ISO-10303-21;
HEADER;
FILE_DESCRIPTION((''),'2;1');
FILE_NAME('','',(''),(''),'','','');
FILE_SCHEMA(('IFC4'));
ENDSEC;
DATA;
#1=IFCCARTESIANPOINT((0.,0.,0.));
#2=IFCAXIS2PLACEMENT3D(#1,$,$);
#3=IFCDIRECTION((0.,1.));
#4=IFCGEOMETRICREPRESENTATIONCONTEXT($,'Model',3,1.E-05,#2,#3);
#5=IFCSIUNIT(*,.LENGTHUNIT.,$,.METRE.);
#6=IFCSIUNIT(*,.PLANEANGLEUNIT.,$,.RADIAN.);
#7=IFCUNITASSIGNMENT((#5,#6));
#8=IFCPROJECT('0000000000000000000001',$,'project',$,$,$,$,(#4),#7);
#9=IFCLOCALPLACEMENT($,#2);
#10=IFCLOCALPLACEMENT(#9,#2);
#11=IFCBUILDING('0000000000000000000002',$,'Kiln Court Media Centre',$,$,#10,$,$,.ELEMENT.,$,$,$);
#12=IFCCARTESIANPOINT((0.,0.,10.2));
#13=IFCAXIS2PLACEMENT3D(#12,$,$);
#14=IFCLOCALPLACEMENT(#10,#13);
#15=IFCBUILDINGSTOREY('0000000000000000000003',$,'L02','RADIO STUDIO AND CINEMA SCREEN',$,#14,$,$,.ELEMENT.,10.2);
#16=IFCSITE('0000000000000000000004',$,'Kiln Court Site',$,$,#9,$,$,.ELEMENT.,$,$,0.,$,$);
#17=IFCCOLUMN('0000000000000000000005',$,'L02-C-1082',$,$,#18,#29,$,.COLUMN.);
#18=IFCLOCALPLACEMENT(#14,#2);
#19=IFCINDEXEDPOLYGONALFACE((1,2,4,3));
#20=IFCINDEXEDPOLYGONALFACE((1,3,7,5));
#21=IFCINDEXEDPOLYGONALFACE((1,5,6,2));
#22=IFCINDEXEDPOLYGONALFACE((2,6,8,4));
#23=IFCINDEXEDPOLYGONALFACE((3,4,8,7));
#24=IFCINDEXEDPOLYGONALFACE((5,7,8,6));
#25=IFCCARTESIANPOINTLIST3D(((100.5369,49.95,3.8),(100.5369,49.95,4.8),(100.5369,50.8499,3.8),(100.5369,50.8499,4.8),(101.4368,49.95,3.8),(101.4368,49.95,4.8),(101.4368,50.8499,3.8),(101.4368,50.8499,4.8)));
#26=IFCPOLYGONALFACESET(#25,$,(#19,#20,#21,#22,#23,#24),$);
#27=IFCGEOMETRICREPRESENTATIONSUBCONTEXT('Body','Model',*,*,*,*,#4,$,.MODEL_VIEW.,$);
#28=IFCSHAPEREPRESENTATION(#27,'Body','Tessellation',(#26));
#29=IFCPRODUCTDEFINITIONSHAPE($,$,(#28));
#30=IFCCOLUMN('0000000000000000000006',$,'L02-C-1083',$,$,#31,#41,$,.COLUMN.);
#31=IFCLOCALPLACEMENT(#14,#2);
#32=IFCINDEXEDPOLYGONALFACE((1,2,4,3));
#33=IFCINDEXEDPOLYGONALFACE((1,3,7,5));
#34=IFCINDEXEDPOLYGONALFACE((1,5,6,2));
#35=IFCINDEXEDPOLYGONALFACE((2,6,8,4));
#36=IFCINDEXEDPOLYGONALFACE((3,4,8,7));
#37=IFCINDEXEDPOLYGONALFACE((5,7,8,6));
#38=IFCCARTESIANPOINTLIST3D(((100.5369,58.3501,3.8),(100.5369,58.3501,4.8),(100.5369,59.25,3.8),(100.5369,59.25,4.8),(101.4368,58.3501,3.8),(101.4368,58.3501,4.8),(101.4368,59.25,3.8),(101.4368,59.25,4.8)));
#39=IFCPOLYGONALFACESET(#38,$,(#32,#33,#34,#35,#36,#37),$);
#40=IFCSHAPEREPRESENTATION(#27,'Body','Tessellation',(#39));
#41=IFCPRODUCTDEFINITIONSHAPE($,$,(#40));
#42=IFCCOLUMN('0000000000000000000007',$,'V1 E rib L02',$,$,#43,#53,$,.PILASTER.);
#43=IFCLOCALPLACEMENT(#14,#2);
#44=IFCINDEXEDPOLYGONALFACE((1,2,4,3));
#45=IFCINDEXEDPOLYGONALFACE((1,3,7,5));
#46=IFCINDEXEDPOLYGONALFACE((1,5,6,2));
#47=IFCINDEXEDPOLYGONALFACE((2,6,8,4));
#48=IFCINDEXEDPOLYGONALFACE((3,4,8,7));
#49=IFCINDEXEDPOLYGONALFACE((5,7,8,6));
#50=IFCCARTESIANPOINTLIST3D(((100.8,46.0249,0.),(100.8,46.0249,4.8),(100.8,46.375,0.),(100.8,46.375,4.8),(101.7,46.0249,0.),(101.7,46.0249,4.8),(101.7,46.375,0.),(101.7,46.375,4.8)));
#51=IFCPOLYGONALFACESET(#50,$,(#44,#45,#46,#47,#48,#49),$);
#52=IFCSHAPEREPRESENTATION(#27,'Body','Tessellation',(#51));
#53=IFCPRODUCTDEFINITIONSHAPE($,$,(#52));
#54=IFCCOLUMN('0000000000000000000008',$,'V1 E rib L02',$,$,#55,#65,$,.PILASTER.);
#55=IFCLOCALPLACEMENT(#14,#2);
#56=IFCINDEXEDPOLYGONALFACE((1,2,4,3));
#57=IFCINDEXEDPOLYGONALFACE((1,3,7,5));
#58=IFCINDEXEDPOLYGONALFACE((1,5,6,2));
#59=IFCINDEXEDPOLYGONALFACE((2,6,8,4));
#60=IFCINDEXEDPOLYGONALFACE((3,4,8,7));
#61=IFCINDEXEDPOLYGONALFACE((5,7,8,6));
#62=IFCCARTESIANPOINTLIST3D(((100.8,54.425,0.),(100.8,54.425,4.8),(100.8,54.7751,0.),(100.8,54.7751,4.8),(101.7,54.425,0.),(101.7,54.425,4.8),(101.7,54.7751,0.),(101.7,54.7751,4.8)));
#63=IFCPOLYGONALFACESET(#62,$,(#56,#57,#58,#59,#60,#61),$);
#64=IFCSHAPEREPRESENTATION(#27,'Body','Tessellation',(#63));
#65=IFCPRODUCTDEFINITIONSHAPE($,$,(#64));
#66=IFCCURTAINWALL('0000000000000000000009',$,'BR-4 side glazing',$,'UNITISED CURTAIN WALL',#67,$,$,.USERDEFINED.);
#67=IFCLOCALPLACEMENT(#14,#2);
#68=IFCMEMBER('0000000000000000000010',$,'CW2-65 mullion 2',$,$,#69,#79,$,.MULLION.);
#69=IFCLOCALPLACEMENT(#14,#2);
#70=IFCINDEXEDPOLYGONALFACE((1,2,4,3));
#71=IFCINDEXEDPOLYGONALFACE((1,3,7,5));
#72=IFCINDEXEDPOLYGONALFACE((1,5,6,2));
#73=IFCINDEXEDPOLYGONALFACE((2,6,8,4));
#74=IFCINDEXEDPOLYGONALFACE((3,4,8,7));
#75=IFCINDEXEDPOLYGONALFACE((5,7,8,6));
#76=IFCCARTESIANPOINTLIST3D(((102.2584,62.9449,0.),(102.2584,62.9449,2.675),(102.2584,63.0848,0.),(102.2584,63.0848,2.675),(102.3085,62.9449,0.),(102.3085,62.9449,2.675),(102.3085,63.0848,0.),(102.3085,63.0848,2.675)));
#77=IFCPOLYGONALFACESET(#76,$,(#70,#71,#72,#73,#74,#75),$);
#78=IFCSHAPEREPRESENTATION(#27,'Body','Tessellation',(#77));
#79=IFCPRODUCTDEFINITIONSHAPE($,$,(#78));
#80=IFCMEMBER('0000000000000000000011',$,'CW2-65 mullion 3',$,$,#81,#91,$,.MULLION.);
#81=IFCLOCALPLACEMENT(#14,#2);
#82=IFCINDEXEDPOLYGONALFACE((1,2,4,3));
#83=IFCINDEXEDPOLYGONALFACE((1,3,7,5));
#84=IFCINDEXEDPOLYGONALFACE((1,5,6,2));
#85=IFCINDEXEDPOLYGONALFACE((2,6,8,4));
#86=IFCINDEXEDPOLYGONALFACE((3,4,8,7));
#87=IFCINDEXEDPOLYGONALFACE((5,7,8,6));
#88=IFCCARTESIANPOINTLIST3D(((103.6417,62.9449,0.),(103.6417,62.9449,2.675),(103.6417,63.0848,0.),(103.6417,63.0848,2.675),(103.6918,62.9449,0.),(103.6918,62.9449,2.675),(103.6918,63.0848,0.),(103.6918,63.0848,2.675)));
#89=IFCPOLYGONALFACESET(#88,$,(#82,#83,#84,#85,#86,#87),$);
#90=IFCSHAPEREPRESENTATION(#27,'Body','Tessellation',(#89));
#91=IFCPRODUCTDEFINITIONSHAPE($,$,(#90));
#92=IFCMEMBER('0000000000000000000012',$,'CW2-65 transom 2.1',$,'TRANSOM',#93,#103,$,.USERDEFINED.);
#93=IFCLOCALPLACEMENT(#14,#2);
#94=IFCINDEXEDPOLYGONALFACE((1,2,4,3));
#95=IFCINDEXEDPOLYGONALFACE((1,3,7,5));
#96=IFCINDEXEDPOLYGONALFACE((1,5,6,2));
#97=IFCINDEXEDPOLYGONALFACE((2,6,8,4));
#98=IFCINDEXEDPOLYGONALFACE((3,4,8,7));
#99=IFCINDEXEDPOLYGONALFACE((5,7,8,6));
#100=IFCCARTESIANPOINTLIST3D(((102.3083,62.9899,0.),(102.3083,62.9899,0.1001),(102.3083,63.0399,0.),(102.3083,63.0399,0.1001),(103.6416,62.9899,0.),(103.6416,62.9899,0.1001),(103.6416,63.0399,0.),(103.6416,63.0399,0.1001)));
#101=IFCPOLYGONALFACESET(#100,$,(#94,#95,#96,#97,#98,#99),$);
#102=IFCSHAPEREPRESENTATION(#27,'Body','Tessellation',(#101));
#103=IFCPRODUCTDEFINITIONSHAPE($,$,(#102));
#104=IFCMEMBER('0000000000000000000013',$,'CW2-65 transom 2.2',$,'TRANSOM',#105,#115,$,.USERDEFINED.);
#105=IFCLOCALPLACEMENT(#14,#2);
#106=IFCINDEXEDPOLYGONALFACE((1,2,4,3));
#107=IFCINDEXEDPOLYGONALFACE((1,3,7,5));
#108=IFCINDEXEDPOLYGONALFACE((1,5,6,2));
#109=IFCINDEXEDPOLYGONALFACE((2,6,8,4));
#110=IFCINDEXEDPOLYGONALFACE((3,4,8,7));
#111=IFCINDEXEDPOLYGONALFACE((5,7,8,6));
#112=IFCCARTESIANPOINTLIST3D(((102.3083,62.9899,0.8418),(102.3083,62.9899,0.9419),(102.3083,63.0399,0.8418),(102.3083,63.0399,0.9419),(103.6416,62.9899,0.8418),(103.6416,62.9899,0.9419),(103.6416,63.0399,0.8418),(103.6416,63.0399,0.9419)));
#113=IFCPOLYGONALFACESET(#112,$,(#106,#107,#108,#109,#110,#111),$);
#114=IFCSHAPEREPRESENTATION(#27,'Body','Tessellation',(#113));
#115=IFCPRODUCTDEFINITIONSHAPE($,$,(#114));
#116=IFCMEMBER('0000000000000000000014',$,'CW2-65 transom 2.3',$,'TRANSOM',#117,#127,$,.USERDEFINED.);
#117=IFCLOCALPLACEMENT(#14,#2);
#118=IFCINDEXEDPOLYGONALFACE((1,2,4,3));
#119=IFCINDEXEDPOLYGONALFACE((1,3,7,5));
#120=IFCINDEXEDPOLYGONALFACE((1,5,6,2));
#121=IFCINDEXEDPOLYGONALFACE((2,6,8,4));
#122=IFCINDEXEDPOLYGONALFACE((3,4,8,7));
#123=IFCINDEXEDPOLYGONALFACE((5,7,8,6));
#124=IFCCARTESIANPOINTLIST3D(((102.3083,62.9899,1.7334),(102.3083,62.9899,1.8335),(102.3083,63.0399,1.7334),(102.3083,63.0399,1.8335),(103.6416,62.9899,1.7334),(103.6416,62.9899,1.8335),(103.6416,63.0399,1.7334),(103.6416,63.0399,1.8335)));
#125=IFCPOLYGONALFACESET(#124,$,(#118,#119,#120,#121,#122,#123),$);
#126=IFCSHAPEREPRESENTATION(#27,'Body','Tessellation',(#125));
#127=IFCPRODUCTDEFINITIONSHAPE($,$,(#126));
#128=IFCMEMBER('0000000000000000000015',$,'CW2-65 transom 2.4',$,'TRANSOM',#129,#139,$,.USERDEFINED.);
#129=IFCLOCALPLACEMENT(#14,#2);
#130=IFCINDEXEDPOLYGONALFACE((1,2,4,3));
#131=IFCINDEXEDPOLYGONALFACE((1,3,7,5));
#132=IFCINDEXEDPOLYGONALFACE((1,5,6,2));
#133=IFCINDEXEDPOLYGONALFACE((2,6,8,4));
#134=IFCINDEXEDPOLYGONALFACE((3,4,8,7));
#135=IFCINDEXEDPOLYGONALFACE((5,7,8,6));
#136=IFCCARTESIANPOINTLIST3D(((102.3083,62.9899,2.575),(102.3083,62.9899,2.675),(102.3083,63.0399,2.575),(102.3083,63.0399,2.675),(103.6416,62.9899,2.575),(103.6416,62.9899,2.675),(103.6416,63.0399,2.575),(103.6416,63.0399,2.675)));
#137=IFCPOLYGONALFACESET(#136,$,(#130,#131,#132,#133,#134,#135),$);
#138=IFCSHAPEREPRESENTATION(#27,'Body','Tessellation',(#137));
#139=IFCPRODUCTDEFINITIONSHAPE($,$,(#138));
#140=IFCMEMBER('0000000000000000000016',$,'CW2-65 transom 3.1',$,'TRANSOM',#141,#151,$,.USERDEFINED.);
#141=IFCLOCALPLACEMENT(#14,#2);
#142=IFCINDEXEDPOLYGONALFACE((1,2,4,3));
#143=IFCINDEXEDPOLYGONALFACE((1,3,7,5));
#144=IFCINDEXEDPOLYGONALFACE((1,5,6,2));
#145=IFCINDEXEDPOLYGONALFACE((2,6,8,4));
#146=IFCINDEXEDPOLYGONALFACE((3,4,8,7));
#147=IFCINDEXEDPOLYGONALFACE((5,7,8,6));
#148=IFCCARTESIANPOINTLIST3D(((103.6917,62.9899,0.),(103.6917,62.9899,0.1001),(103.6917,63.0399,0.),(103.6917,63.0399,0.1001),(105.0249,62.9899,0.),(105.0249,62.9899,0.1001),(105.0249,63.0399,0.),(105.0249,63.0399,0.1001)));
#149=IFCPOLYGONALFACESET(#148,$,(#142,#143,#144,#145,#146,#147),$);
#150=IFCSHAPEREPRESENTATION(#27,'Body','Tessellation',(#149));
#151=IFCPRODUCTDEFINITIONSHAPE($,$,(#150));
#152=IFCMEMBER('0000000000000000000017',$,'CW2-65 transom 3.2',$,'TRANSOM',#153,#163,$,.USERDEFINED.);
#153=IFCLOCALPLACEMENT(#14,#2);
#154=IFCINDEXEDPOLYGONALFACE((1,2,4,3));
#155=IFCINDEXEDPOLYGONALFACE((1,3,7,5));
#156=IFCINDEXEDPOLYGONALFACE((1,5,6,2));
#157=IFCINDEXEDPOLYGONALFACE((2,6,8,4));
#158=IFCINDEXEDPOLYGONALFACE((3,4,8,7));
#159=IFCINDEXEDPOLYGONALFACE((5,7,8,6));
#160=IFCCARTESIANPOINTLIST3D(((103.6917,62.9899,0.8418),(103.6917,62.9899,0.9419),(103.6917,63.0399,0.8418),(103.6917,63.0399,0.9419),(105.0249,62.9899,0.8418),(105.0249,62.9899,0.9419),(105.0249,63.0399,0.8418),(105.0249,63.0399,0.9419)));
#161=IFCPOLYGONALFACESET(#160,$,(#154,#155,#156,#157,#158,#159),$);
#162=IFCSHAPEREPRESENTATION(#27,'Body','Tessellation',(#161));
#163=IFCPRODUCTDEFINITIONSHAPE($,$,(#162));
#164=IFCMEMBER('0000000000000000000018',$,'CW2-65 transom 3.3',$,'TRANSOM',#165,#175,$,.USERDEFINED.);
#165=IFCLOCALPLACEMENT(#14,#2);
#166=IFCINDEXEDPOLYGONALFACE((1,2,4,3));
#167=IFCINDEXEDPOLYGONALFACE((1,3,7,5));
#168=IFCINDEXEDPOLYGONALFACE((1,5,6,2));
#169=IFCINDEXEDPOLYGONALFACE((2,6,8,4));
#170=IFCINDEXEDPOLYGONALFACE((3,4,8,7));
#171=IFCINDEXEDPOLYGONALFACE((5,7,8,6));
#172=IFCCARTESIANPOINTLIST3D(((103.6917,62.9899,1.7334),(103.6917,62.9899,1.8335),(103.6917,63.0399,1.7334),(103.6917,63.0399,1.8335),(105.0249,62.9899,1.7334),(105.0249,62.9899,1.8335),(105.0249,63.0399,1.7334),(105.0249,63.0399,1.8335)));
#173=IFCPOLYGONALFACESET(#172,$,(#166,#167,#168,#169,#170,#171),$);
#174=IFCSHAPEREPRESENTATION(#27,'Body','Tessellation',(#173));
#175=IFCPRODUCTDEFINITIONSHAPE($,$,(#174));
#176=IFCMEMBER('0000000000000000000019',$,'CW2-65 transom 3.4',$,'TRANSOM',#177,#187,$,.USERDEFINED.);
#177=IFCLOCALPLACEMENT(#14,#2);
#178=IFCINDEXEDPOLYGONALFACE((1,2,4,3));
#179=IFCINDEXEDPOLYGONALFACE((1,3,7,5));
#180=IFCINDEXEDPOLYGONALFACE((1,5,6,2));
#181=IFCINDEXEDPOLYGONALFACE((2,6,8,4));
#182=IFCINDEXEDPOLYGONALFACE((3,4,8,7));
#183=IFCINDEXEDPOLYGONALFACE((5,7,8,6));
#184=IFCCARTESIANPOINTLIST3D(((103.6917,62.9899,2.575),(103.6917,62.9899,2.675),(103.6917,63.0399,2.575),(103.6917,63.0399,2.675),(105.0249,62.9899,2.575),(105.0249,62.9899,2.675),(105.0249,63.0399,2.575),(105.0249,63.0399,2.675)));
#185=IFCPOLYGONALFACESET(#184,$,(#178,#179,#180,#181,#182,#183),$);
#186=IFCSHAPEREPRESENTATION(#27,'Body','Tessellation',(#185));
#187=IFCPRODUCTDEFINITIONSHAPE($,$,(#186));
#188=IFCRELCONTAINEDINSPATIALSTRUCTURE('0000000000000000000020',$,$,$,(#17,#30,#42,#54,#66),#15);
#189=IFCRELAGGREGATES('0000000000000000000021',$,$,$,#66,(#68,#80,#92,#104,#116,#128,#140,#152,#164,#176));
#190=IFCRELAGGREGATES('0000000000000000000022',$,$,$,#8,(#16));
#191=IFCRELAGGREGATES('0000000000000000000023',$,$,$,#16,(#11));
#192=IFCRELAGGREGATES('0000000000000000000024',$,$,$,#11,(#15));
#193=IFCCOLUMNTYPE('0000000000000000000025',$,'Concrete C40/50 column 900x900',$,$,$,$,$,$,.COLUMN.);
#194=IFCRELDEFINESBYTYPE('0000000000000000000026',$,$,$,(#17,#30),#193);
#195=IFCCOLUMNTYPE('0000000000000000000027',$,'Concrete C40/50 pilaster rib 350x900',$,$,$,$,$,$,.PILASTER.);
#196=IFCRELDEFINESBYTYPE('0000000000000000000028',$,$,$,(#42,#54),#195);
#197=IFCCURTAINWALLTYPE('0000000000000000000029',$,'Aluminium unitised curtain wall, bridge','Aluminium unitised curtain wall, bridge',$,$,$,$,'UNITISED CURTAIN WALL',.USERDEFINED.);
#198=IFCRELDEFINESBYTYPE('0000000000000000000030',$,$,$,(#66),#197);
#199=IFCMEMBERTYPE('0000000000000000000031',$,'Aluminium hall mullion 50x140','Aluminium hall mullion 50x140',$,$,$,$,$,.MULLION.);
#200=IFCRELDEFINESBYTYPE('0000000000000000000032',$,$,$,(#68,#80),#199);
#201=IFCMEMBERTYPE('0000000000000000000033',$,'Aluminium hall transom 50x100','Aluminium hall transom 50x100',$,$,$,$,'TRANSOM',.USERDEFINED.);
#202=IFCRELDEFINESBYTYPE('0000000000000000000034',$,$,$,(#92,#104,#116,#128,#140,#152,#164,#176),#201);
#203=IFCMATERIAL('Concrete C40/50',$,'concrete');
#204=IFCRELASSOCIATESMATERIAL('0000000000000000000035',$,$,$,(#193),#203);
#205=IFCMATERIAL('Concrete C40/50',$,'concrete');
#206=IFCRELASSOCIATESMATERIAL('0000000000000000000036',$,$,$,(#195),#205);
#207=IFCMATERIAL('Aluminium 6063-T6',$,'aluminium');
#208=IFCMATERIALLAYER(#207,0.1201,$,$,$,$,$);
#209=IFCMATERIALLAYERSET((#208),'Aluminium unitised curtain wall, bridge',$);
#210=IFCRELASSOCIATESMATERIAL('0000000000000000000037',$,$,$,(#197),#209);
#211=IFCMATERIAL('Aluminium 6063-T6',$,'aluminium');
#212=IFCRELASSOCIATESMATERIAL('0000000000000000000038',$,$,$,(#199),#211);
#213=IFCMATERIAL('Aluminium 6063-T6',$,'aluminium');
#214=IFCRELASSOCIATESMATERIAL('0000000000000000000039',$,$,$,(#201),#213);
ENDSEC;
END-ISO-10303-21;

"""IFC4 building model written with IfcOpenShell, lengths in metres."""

from ifc_helpers import new_model, si_unit, direction, frame, origin, origin_2d, place, context, subcontext, project, spatial, rectangle, extrude, material, layer, layer_set, material_profile, profile_set, type_object, element, aggregate, save


model = new_model("IFC4")

# Units and contexts
model_context = context("Model", 3, precision=1e-05, world=origin(), true_north=direction((0.0, 1.0)))
body_context = subcontext(model_context, "Body", "Model", "MODEL_VIEW")
ifc_project = project(units=[si_unit("LENGTHUNIT", "METRE"), si_unit("PLANEANGLEUNIT", "RADIAN")], contexts=[model_context])

# Site, building, storey
site_placement = place(None, origin())
site = spatial("IfcSite", under=ifc_project, at=site_placement, Name="Kiln Court Site", CompositionType="ELEMENT", RefElevation=0.0)
building_placement = place(site_placement, origin())
building = spatial("IfcBuilding", under=site, at=building_placement, Name="Kiln Court Media Centre", CompositionType="ELEMENT")
storey_placement = place(building_placement, frame((0.0, 0.0, 10.2)))
storey = spatial("IfcBuildingStorey", under=building, at=storey_placement, Name="L02", Description="RADIO STUDIO AND CINEMA SCREEN", CompositionType="ELEMENT", Elevation=10.2)

# Columns
ifc_material_1 = material(Name="Concrete C40/50", Category="concrete")
ifc_material_profile_1 = material_profile(ifc_material_1, rectangle(XDim=0.8999, YDim=0.8999, at=origin_2d()), Name="RC 900x900")
ifc_profile_set_1 = profile_set([ifc_material_profile_1], Name="Concrete C40/50")
column_type_1 = type_object("IfcColumnType", Name="Concrete C40/50 column 900x900", PredefinedType="COLUMN", material=ifc_profile_set_1)
for number, where, z_axis, x_axis, name in (
    (1, (100.9868, 50.3999, 3.8), (0.0, 0.0, 1.0), (1.0, 0.0, 0.0), "L02-C-1082"),
    (2, (100.9868, 58.8, 3.8), (0.0, 0.0, 1.0), (1.0, 0.0, 0.0), "L02-C-1083"),
):
    element("IfcColumn", number, at=place(storey_placement, frame(where, z_axis=z_axis, x_axis=x_axis)), inside=storey, type_object=column_type_1, Name=name, PredefinedType="COLUMN", context=body_context, shape_type="SweptSolid", body=[
        extrude(rectangle(XDim=0.8999, YDim=0.8999, at=origin_2d()), origin(), (0.0, 0.0, 1.0), 1.0),
    ])
ifc_material_2 = material(Name="Concrete C40/50", Category="concrete")
ifc_material_profile_2 = material_profile(ifc_material_2, rectangle(XDim=0.3501, YDim=0.8999, at=origin_2d()), Name="RC 350x900")
ifc_profile_set_2 = profile_set([ifc_material_profile_2], Name="Concrete C40/50")
column_type_2 = type_object("IfcColumnType", Name="Concrete C40/50 pilaster rib 350x900", PredefinedType="PILASTER", material=ifc_profile_set_2)
for number, where, z_axis, x_axis, name in (
    (3, (101.25, 46.2, 0.0), (0.0, 0.0, 1.0), (0.0, 1.0, 0.0), "V1 E rib L02"),
    (4, (101.25, 54.6001, 0.0), (0.0, 0.0, 1.0), (0.0, 1.0, 0.0), "V1 E rib L02"),
):
    element("IfcColumn", number, at=place(storey_placement, frame(where, z_axis=z_axis, x_axis=x_axis)), inside=storey, type_object=column_type_2, Name=name, PredefinedType="PILASTER", context=body_context, shape_type="SweptSolid", body=[
        extrude(rectangle(XDim=0.3501, YDim=0.8999, at=origin_2d()), origin(), (0.0, 0.0, 1.0), 4.8),
    ])

# Curtain wall, members
ifc_material_3 = material(Name="Aluminium 6063-T6", Category="aluminium")
ifc_layer_1 = layer(ifc_material_3, 0.1201)
ifc_layer_set_1 = layer_set([ifc_layer_1], Name="Aluminium unitised curtain wall, bridge")
curtain_wall_type = type_object("IfcCurtainWallType", Name="Aluminium unitised curtain wall, bridge", Description="Aluminium unitised curtain wall, bridge", ElementType="UNITISED CURTAIN WALL", PredefinedType="USERDEFINED", material=ifc_layer_set_1)
curtain_wall_placement = place(storey_placement, origin())
curtain_wall = element("IfcCurtainWall", 5, at=curtain_wall_placement, inside=storey, type_object=curtain_wall_type, Name="BR-4 side glazing", ObjectType="UNITISED CURTAIN WALL", PredefinedType="USERDEFINED")
ifc_material_4 = material(Name="Aluminium 6063-T6", Category="aluminium")
ifc_material_profile_3 = material_profile(ifc_material_4, rectangle(XDim=0.05, YDim=0.1399, at=origin_2d()), Name="Aluminium hall mullion 50x140")
ifc_profile_set_3 = profile_set([ifc_material_profile_3], Name="Aluminium 6063-T6")
member_type_1 = type_object("IfcMemberType", Name="Aluminium hall mullion 50x140", Description="Aluminium hall mullion 50x140", PredefinedType="MULLION", material=ifc_profile_set_3)
member_1_placement = place(storey_placement, frame((102.2834, 63.0149, 0.0), z_axis=(0.0, 0.0, 1.0), x_axis=(1.0, 0.0, 0.0)))
member_1 = element("IfcMember", 6, at=member_1_placement, type_object=member_type_1, Name="CW2-65 mullion 2", PredefinedType="MULLION", context=body_context, shape_type="SweptSolid", body=[
    extrude(rectangle(XDim=0.05, YDim=0.1399, at=origin_2d()), origin(), (0.0, 0.0, 1.0), 2.675),
])
member_2_placement = place(storey_placement, frame((103.6667, 63.0149, 0.0), z_axis=(0.0, 0.0, 1.0), x_axis=(1.0, 0.0, 0.0)))
member_2 = element("IfcMember", 7, at=member_2_placement, type_object=member_type_1, Name="CW2-65 mullion 3", PredefinedType="MULLION", context=body_context, shape_type="SweptSolid", body=[
    extrude(rectangle(XDim=0.05, YDim=0.1399, at=origin_2d()), origin(), (0.0, 0.0, 1.0), 2.675),
])
ifc_material_5 = material(Name="Aluminium 6063-T6", Category="aluminium")
ifc_material_profile_4 = material_profile(ifc_material_5, rectangle(XDim=0.05, YDim=0.1001, at=origin_2d()), Name="Aluminium hall transom 50x100")
ifc_profile_set_4 = profile_set([ifc_material_profile_4], Name="Aluminium 6063-T6")
member_type_2 = type_object("IfcMemberType", Name="Aluminium hall transom 50x100", Description="Aluminium hall transom 50x100", ElementType="TRANSOM", PredefinedType="USERDEFINED", material=ifc_profile_set_4)
member_3_placement = place(storey_placement, frame((102.3083, 63.0149, 0.05), z_axis=(1.0, 0.0, 0.0), x_axis=(0.0, 1.0, 0.0)))
member_3 = element("IfcMember", 8, at=member_3_placement, type_object=member_type_2, Name="CW2-65 transom 2.1", ObjectType="TRANSOM", PredefinedType="USERDEFINED", context=body_context, shape_type="SweptSolid", body=[
    extrude(rectangle(XDim=0.05, YDim=0.1001, at=origin_2d()), origin(), (0.0, 0.0, 1.0), 1.3333),
])
member_4_placement = place(storey_placement, frame((102.3083, 63.0149, 0.8918), z_axis=(1.0, 0.0, 0.0), x_axis=(0.0, 1.0, 0.0)))
member_4 = element("IfcMember", 9, at=member_4_placement, type_object=member_type_2, Name="CW2-65 transom 2.2", ObjectType="TRANSOM", PredefinedType="USERDEFINED", context=body_context, shape_type="SweptSolid", body=[
    extrude(rectangle(XDim=0.05, YDim=0.1001, at=origin_2d()), origin(), (0.0, 0.0, 1.0), 1.3333),
])
member_5_placement = place(storey_placement, frame((102.3083, 63.0149, 1.7834), z_axis=(1.0, 0.0, 0.0), x_axis=(0.0, 1.0, 0.0)))
member_5 = element("IfcMember", 10, at=member_5_placement, type_object=member_type_2, Name="CW2-65 transom 2.3", ObjectType="TRANSOM", PredefinedType="USERDEFINED", context=body_context, shape_type="SweptSolid", body=[
    extrude(rectangle(XDim=0.05, YDim=0.1001, at=origin_2d()), origin(), (0.0, 0.0, 1.0), 1.3333),
])
member_6_placement = place(storey_placement, frame((102.3083, 63.0149, 2.625), z_axis=(1.0, 0.0, 0.0), x_axis=(0.0, 1.0, 0.0)))
member_6 = element("IfcMember", 11, at=member_6_placement, type_object=member_type_2, Name="CW2-65 transom 2.4", ObjectType="TRANSOM", PredefinedType="USERDEFINED", context=body_context, shape_type="SweptSolid", body=[
    extrude(rectangle(XDim=0.05, YDim=0.1001, at=origin_2d()), origin(), (0.0, 0.0, 1.0), 1.3333),
])
member_7_placement = place(storey_placement, frame((103.6917, 63.0149, 0.05), z_axis=(1.0, 0.0, 0.0), x_axis=(0.0, 1.0, 0.0)))
member_7 = element("IfcMember", 12, at=member_7_placement, type_object=member_type_2, Name="CW2-65 transom 3.1", ObjectType="TRANSOM", PredefinedType="USERDEFINED", context=body_context, shape_type="SweptSolid", body=[
    extrude(rectangle(XDim=0.05, YDim=0.1001, at=origin_2d()), origin(), (0.0, 0.0, 1.0), 1.3333),
])
member_8_placement = place(storey_placement, frame((103.6917, 63.0149, 0.8918), z_axis=(1.0, 0.0, 0.0), x_axis=(0.0, 1.0, 0.0)))
member_8 = element("IfcMember", 13, at=member_8_placement, type_object=member_type_2, Name="CW2-65 transom 3.2", ObjectType="TRANSOM", PredefinedType="USERDEFINED", context=body_context, shape_type="SweptSolid", body=[
    extrude(rectangle(XDim=0.05, YDim=0.1001, at=origin_2d()), origin(), (0.0, 0.0, 1.0), 1.3333),
])
member_9_placement = place(storey_placement, frame((103.6917, 63.0149, 1.7834), z_axis=(1.0, 0.0, 0.0), x_axis=(0.0, 1.0, 0.0)))
member_9 = element("IfcMember", 14, at=member_9_placement, type_object=member_type_2, Name="CW2-65 transom 3.3", ObjectType="TRANSOM", PredefinedType="USERDEFINED", context=body_context, shape_type="SweptSolid", body=[
    extrude(rectangle(XDim=0.05, YDim=0.1001, at=origin_2d()), origin(), (0.0, 0.0, 1.0), 1.3333),
])
member_10_placement = place(storey_placement, frame((103.6917, 63.0149, 2.625), z_axis=(1.0, 0.0, 0.0), x_axis=(0.0, 1.0, 0.0)))
member_10 = element("IfcMember", 15, at=member_10_placement, type_object=member_type_2, Name="CW2-65 transom 3.4", ObjectType="TRANSOM", PredefinedType="USERDEFINED", context=body_context, shape_type="SweptSolid", body=[
    extrude(rectangle(XDim=0.05, YDim=0.1001, at=origin_2d()), origin(), (0.0, 0.0, 1.0), 1.3333),
])

aggregate(curtain_wall, [member_1, member_2, member_3, member_4, member_5, member_6, member_7, member_8, member_9, member_10])

save(model, "model.ifc")
